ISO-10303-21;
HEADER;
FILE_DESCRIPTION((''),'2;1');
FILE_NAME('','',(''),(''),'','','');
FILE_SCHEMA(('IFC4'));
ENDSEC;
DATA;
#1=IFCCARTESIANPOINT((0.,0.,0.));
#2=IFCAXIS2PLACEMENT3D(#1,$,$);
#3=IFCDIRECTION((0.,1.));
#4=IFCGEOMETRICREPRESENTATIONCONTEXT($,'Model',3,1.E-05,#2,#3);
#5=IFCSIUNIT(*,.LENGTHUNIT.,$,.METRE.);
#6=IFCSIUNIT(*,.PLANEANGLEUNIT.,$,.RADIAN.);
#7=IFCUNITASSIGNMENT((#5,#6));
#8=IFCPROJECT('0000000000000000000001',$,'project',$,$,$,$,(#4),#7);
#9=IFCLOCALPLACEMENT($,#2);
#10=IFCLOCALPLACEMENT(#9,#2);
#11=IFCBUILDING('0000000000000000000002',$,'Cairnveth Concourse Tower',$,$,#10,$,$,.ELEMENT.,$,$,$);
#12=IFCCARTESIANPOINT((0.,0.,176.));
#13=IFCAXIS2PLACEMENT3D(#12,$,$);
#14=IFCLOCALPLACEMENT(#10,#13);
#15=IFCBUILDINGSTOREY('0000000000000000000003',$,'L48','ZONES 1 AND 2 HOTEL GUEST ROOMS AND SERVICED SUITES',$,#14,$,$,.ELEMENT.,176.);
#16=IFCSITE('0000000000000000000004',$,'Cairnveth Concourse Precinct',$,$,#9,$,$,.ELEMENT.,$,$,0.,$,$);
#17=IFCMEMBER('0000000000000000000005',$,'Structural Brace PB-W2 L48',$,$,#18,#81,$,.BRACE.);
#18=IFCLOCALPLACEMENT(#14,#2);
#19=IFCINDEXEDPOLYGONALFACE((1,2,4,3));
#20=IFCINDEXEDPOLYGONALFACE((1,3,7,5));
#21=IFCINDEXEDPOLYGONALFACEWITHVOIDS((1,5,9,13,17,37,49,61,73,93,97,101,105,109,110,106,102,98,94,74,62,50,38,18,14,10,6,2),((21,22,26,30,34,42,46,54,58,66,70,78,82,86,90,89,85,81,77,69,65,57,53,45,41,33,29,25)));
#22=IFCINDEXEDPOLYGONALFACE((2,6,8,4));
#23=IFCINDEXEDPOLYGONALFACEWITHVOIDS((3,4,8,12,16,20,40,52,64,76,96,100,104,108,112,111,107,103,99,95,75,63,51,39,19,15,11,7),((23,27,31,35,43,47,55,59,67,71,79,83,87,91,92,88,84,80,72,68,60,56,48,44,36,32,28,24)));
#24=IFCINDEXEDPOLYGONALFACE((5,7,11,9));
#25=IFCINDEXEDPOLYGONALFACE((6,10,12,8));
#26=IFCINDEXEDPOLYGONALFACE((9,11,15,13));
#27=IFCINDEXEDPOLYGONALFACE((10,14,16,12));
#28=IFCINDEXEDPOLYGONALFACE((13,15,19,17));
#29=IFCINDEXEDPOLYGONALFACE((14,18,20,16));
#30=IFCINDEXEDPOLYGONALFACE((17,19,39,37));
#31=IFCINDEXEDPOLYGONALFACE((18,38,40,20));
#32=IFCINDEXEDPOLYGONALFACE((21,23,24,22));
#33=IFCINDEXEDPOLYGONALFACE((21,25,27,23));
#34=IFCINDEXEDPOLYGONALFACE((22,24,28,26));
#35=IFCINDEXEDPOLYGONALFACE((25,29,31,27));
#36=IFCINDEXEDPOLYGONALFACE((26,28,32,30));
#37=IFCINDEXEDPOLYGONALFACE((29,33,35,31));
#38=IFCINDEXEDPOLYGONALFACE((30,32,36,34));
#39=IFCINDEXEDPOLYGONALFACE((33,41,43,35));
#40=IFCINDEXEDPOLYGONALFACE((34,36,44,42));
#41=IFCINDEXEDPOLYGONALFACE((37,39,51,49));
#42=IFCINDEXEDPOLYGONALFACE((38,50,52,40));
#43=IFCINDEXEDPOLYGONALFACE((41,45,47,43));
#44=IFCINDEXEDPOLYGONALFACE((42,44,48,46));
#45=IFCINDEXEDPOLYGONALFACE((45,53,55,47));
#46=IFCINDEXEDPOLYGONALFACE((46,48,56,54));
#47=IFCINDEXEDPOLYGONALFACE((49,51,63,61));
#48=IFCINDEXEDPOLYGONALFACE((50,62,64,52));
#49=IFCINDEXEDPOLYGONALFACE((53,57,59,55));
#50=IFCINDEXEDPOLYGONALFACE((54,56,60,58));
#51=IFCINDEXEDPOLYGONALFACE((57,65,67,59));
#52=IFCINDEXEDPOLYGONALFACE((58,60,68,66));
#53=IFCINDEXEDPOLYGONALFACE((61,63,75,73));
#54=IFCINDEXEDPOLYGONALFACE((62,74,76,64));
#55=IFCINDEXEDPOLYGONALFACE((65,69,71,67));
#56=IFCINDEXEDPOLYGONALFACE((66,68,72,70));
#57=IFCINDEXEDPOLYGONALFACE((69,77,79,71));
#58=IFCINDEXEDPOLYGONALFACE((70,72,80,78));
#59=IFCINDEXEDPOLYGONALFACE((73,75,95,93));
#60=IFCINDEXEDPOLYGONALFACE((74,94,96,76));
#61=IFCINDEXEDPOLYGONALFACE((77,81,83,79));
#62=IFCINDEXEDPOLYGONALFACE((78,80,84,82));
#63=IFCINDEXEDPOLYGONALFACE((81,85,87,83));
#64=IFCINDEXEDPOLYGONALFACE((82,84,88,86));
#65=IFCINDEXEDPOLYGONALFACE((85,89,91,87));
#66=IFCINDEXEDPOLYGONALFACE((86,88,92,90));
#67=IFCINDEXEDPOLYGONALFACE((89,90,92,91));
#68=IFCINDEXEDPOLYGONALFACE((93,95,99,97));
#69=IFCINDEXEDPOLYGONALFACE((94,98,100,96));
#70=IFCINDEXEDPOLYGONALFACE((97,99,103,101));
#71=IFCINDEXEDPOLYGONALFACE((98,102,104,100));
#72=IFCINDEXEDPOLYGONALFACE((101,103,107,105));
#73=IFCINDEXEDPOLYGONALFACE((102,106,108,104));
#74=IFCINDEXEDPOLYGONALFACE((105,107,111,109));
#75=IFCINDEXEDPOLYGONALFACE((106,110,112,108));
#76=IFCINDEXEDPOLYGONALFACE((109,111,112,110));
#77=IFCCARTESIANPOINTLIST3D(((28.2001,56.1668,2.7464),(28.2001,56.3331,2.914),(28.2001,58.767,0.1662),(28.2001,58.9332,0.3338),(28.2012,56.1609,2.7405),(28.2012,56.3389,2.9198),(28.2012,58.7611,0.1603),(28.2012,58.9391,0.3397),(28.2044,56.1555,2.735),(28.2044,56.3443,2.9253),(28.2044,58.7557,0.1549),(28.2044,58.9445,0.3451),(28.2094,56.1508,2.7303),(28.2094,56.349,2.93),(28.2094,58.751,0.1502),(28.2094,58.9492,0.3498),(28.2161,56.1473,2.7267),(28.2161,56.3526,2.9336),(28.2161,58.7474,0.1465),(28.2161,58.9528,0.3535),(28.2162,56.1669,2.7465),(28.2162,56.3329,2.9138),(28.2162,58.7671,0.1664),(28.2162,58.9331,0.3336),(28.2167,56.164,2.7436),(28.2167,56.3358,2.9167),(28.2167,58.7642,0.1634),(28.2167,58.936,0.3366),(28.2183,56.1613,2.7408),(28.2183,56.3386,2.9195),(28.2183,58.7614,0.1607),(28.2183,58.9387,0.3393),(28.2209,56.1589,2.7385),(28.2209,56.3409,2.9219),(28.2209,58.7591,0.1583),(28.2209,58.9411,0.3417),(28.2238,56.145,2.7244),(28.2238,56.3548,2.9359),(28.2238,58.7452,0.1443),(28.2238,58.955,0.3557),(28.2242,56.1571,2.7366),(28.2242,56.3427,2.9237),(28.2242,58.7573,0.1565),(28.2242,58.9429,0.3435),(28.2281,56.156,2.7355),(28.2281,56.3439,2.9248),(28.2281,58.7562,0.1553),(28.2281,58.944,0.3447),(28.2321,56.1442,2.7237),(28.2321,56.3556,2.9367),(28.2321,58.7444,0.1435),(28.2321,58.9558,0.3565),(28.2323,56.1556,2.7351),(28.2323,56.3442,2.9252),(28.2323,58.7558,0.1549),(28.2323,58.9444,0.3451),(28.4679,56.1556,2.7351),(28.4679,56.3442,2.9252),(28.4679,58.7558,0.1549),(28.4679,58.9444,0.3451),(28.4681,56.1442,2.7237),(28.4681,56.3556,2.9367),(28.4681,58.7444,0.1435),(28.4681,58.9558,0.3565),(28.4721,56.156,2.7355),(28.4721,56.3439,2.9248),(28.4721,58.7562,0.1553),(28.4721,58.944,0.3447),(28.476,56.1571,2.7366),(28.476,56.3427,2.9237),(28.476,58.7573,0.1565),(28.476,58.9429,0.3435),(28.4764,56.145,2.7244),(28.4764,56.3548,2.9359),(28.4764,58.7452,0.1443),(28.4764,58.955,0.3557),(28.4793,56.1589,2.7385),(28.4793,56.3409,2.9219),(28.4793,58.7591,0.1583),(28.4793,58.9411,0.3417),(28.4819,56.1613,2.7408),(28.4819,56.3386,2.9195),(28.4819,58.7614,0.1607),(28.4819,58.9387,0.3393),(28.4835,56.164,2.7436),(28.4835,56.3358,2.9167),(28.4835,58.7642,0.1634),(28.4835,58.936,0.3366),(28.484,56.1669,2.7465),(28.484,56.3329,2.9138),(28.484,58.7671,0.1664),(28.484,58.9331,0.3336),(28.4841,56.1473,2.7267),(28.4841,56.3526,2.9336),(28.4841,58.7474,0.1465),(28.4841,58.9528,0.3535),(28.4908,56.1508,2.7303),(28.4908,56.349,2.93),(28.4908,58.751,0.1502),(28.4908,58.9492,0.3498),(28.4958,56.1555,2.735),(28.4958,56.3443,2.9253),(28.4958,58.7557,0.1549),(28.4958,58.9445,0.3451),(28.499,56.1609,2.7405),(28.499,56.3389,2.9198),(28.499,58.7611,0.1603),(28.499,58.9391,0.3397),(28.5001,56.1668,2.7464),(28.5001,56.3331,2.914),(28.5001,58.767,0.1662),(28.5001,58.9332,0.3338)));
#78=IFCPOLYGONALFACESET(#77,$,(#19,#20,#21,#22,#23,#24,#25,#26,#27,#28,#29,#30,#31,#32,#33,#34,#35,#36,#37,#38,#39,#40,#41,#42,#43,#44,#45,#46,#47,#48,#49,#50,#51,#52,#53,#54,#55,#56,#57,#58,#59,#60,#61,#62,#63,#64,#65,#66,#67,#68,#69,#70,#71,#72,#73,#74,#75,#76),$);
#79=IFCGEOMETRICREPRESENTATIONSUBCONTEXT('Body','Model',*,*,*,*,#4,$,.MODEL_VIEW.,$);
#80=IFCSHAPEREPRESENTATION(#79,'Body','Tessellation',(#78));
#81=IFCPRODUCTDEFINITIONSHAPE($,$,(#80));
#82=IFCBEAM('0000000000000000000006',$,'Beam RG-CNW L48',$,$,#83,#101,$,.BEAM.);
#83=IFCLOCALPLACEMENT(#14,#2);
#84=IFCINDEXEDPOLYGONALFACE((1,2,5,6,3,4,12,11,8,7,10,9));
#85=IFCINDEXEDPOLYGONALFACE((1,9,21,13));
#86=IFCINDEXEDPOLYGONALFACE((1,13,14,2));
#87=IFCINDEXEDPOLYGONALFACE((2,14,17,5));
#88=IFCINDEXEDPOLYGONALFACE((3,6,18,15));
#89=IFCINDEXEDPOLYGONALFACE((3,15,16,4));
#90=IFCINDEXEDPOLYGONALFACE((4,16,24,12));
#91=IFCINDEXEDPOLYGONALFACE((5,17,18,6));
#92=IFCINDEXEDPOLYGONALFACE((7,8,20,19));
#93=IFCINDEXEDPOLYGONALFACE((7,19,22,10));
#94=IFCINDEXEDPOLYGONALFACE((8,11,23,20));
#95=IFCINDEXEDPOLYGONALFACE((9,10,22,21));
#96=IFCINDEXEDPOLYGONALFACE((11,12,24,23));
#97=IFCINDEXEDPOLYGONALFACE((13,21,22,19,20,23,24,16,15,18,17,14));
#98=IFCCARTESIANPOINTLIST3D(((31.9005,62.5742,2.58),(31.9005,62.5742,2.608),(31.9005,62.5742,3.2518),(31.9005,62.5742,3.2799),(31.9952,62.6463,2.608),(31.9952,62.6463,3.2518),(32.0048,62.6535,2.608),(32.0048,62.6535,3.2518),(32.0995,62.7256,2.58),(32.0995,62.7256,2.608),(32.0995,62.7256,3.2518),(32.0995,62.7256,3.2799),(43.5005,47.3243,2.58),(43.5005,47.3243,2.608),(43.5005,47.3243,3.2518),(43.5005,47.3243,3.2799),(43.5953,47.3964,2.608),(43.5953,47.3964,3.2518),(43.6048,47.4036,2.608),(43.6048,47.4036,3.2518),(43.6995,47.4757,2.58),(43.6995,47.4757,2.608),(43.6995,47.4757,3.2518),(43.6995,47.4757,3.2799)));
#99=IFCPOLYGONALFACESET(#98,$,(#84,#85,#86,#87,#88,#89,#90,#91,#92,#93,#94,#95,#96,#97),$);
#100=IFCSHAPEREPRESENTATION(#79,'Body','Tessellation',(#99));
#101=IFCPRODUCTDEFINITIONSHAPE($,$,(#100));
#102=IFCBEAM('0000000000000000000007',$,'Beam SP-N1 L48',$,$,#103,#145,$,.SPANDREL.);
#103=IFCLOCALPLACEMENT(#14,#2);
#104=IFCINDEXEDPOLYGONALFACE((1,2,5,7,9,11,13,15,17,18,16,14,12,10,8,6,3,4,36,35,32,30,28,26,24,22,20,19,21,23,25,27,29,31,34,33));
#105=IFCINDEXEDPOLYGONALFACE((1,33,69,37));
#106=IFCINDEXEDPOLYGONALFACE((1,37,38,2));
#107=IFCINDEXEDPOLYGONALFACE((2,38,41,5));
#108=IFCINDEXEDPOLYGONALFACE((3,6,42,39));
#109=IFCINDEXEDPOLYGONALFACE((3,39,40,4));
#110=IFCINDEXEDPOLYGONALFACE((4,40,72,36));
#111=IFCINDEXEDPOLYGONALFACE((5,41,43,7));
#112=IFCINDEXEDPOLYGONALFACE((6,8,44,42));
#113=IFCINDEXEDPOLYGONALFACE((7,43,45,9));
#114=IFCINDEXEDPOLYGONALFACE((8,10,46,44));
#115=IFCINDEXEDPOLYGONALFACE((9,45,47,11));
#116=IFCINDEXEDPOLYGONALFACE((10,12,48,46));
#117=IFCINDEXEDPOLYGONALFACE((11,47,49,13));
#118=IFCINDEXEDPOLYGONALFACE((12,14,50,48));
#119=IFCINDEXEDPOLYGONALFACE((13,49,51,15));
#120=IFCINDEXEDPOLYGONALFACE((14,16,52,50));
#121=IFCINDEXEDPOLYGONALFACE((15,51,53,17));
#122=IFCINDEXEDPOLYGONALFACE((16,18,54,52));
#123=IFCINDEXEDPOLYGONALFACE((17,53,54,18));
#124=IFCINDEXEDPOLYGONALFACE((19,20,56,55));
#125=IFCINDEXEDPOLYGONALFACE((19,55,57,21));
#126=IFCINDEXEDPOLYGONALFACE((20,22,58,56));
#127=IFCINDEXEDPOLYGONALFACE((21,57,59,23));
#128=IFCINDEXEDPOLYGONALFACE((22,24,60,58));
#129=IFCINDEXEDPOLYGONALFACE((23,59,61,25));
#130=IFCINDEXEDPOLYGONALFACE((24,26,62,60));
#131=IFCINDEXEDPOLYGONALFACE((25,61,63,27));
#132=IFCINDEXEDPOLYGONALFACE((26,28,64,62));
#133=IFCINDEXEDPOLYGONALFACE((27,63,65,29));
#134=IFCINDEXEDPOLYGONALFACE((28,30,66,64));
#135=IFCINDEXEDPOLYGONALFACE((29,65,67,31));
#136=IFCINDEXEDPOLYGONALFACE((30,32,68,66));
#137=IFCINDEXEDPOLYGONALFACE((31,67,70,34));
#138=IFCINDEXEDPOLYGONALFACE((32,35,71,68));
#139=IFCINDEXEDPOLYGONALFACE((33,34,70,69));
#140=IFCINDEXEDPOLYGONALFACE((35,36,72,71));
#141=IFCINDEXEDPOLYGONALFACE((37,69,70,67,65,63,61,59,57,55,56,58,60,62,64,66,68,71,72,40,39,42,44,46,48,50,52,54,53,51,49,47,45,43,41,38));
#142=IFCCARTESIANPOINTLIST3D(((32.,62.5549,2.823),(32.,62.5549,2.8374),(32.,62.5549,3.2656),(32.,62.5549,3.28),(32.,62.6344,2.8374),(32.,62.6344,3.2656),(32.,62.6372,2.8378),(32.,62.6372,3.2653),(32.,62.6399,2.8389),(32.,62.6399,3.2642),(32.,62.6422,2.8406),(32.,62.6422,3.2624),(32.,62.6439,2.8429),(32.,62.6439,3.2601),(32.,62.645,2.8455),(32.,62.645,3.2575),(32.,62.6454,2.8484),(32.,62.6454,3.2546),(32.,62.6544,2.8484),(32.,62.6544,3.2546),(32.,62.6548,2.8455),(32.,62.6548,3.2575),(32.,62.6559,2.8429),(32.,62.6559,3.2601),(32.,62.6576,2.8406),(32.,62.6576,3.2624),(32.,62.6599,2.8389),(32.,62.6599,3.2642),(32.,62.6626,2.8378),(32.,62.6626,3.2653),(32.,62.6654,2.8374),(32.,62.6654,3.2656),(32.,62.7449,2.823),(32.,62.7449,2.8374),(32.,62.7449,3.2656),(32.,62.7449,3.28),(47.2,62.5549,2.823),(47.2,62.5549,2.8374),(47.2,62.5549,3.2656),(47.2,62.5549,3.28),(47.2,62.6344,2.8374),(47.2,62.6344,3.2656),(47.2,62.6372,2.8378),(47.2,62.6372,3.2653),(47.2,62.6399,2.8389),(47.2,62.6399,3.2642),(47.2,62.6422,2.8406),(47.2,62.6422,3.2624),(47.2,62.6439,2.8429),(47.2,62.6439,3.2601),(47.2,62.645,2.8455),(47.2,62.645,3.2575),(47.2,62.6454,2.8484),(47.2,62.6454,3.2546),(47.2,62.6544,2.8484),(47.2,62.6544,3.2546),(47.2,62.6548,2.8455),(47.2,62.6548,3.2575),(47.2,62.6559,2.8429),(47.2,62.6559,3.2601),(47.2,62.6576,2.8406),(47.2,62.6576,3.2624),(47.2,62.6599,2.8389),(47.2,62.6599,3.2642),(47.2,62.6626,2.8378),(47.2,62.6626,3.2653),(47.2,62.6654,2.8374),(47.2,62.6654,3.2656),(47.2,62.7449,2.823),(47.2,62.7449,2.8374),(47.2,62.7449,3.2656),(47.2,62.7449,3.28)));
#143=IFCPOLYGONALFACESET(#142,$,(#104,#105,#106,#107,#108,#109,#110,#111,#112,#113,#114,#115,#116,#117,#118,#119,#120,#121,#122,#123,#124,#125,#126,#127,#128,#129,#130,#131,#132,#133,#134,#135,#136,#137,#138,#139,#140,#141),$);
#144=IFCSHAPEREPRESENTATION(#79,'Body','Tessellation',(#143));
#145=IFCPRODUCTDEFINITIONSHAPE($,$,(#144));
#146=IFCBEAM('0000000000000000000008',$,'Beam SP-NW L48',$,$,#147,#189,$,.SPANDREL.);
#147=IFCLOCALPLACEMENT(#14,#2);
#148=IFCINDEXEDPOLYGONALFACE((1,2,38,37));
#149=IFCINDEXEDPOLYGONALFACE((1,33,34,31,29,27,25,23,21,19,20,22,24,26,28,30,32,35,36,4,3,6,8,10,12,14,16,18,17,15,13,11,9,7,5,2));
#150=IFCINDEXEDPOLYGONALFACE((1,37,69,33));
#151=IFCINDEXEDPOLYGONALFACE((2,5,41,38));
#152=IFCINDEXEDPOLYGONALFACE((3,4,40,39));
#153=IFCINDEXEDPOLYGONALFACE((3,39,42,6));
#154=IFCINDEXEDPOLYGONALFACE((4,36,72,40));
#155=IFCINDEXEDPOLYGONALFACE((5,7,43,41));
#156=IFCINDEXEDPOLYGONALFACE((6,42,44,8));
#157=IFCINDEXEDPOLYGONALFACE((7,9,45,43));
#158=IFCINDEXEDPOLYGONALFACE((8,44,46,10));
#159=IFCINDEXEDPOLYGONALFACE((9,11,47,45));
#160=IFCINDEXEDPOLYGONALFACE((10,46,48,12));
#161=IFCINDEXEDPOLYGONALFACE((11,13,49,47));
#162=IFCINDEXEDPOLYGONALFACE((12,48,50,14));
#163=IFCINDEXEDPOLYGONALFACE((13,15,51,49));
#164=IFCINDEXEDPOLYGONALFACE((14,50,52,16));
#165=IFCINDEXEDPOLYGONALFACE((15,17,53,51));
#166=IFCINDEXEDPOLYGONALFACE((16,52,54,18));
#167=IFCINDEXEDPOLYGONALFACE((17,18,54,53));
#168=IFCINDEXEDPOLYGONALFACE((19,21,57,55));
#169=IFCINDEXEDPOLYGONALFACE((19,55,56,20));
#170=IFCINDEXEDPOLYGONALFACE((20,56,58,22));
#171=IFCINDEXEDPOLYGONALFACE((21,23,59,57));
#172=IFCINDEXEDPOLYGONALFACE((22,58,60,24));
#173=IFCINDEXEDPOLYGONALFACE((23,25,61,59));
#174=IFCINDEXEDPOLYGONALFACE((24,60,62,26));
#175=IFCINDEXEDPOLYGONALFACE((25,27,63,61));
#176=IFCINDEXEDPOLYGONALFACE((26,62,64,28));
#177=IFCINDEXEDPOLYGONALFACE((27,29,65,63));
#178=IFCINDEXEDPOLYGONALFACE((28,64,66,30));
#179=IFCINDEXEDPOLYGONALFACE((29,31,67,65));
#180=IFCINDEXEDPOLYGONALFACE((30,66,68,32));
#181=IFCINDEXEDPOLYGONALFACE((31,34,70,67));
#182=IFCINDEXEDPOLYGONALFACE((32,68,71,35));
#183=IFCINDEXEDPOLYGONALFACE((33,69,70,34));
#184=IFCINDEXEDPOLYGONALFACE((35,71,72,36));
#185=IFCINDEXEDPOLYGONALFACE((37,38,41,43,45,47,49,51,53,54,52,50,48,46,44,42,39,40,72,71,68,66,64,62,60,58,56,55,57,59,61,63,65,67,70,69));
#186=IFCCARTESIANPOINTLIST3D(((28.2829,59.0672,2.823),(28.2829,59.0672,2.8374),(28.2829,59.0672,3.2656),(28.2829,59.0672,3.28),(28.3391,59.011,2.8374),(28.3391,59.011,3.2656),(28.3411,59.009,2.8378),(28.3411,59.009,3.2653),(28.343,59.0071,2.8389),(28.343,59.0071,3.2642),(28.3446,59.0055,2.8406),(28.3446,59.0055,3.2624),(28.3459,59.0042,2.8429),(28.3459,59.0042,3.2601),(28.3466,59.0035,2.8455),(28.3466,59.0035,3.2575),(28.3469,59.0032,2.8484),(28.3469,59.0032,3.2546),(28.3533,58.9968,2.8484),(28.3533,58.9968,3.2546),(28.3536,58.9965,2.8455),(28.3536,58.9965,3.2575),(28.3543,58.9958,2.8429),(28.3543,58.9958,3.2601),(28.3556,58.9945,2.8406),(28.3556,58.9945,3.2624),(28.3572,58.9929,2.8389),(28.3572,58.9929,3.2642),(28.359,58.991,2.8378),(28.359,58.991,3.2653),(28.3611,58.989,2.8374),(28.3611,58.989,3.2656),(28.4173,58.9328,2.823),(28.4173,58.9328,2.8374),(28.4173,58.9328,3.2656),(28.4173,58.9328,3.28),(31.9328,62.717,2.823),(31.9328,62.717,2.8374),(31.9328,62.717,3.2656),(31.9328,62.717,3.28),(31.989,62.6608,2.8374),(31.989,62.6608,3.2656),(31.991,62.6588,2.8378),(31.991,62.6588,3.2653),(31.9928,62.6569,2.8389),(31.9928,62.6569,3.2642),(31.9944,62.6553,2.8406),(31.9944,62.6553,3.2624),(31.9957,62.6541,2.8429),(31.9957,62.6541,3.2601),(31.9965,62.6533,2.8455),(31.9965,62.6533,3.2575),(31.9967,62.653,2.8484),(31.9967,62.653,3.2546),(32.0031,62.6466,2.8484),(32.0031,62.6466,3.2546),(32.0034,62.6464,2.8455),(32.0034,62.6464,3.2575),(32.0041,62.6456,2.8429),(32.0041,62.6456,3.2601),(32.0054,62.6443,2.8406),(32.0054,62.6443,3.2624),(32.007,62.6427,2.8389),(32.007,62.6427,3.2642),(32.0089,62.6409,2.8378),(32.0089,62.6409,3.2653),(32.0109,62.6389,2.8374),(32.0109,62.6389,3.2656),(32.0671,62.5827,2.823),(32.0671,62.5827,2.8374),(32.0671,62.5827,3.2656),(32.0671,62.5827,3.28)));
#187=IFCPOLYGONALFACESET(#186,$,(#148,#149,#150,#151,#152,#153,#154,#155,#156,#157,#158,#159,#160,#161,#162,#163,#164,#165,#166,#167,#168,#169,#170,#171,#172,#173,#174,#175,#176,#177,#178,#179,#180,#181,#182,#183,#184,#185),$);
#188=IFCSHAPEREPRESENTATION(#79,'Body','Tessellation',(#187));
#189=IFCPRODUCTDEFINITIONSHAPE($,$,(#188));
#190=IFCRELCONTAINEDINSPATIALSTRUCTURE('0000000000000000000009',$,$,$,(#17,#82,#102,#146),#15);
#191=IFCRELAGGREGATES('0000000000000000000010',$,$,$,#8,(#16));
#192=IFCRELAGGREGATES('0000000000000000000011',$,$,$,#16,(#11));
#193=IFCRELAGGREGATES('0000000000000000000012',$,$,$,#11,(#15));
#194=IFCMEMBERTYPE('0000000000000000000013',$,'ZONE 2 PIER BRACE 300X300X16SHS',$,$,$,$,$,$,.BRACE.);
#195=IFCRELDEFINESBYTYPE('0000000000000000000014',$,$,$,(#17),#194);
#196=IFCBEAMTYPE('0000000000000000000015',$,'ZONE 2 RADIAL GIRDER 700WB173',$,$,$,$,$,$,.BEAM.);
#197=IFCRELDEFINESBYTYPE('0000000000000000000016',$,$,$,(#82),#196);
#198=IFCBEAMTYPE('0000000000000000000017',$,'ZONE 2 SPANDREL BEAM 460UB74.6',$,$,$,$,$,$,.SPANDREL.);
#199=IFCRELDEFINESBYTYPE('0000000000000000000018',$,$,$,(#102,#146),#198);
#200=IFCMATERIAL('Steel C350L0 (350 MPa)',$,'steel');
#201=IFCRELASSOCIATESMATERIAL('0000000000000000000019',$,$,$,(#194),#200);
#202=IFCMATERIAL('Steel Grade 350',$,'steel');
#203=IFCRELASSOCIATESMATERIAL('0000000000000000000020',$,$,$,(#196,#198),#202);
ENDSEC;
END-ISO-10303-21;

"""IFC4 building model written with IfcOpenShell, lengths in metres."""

from ifc_helpers import new_model, si_unit, direction, frame, origin, origin_2d, place, context, subcontext, project, spatial, hollow_rectangle, i_section, extrude, material, material_profile, profile_set, type_object, element, save


model = new_model("IFC4")

# Units and contexts
model_context = context("Model", 3, precision=1e-05, world=origin(), true_north=direction((0.0, 1.0)))
body_context = subcontext(model_context, "Body", "Model", "MODEL_VIEW")
ifc_project = project(units=[si_unit("LENGTHUNIT", "METRE"), si_unit("PLANEANGLEUNIT", "RADIAN")], contexts=[model_context])

# Site, building, storey
site_placement = place(None, origin())
site = spatial("IfcSite", under=ifc_project, at=site_placement, Name="Cairnveth Concourse Precinct", CompositionType="ELEMENT", RefElevation=0.0)
building_placement = place(site_placement, origin())
building = spatial("IfcBuilding", under=site, at=building_placement, Name="Cairnveth Concourse Tower", CompositionType="ELEMENT")
storey_placement = place(building_placement, frame((0.0, 0.0, 176.0)))
storey = spatial("IfcBuildingStorey", under=building, at=storey_placement, Name="L48", Description="ZONES 1 AND 2 HOTEL GUEST ROOMS AND SERVICED SUITES", CompositionType="ELEMENT", Elevation=176.0)

# Shared definitions
ifc_material_1 = material(Name="Steel Grade 350", Category="steel")

# Member
ifc_material_2 = material(Name="Steel C350L0 (350 MPa)", Category="steel")
ifc_material_profile_1 = material_profile(ifc_material_2, hollow_rectangle(XDim=0.3, YDim=0.3, WallThickness=0.0161, InnerFilletRadius=0.0161, OuterFilletRadius=0.032, at=origin_2d()), Name="300x300x16.0SHS")
ifc_profile_set_1 = profile_set([ifc_material_profile_1], Name="Steel C350L0 (350 MPa)")
member_type = type_object("IfcMemberType", Name="ZONE 2 PIER BRACE 300X300X16SHS", PredefinedType="BRACE", material=ifc_profile_set_1)
for number, where, z_axis, x_axis, name in (
    (1, (28.3501, 58.8501, 0.25), (0.0, -0.709834, 0.704369), (1.0, 0.0, 0.0), "Structural Brace PB-W2 L48"),
):
    element("IfcMember", number, at=place(storey_placement, frame(where, z_axis=z_axis, x_axis=x_axis)), inside=storey, type_object=member_type, Name=name, PredefinedType="BRACE", context=body_context, shape_type="SweptSolid", body=[
        extrude(hollow_rectangle(XDim=0.3, YDim=0.3, WallThickness=0.0161, InnerFilletRadius=0.0161, OuterFilletRadius=0.032, at=origin_2d()), origin(), (0.0, 0.0, 1.0), 3.6631),
    ])

# Beams
ifc_material_profile_2 = material_profile(ifc_material_1, i_section(OverallWidth=0.25, OverallDepth=0.7, WebThickness=0.012, FlangeThickness=0.0281, at=origin_2d()), Name="700WB173")
ifc_profile_set_2 = profile_set([ifc_material_profile_2], Name="Steel Grade 350")
beam_type_1 = type_object("IfcBeamType", Name="ZONE 2 RADIAL GIRDER 700WB173", PredefinedType="BEAM", material=ifc_profile_set_2)
beam_1_placement = place(storey_placement, frame((32.0, 62.6499, 2.9299), z_axis=(0.605417, -0.795908, 0.0), x_axis=(0.795908, 0.605417, 0.0)))
element("IfcBeam", 2, at=beam_1_placement, inside=storey, type_object=beam_type_1, Name="Beam RG-CNW L48", PredefinedType="BEAM", context=body_context, shape_type="SweptSolid", body=[
    extrude(i_section(OverallWidth=0.25, OverallDepth=0.7, WebThickness=0.012, FlangeThickness=0.0281, at=origin_2d()), origin(), (0.0, 0.0, 1.0), 19.1604),
])
ifc_material_profile_3 = material_profile(ifc_material_1, i_section(OverallWidth=0.1899, OverallDepth=0.457, WebThickness=0.009, FlangeThickness=0.0144, FilletRadius=0.011, at=origin_2d()), Name="460UB74.6")
ifc_profile_set_3 = profile_set([ifc_material_profile_3], Name="Steel Grade 350")
beam_type_2 = type_object("IfcBeamType", Name="ZONE 2 SPANDREL BEAM 460UB74.6", PredefinedType="SPANDREL", material=ifc_profile_set_3)
beam_2_placement = place(storey_placement, frame((32.0, 62.6499, 3.0515), z_axis=(1.0, 0.0, 0.0), x_axis=(0.0, 1.0, 0.0)))
element("IfcBeam", 3, at=beam_2_placement, inside=storey, type_object=beam_type_2, Name="Beam SP-N1 L48", PredefinedType="SPANDREL", context=body_context, shape_type="SweptSolid", body=[
    extrude(i_section(OverallWidth=0.1899, OverallDepth=0.457, WebThickness=0.009, FlangeThickness=0.0144, FilletRadius=0.011, at=origin_2d()), origin(), (0.0, 0.0, 1.0), 15.2),
])
beam_3_placement = place(storey_placement, frame((28.3501, 59.0, 3.0515), z_axis=(0.707107, 0.707107, 0.0), x_axis=(-0.707107, 0.707107, 0.0)))
element("IfcBeam", 4, at=beam_3_placement, inside=storey, type_object=beam_type_2, Name="Beam SP-NW L48", PredefinedType="SPANDREL", context=body_context, shape_type="SweptSolid", body=[
    extrude(i_section(OverallWidth=0.1899, OverallDepth=0.457, WebThickness=0.009, FlangeThickness=0.0144, FilletRadius=0.011, at=origin_2d()), origin(), (0.0, 0.0, 1.0), 5.1616),
])

save(model, "model.ifc")
